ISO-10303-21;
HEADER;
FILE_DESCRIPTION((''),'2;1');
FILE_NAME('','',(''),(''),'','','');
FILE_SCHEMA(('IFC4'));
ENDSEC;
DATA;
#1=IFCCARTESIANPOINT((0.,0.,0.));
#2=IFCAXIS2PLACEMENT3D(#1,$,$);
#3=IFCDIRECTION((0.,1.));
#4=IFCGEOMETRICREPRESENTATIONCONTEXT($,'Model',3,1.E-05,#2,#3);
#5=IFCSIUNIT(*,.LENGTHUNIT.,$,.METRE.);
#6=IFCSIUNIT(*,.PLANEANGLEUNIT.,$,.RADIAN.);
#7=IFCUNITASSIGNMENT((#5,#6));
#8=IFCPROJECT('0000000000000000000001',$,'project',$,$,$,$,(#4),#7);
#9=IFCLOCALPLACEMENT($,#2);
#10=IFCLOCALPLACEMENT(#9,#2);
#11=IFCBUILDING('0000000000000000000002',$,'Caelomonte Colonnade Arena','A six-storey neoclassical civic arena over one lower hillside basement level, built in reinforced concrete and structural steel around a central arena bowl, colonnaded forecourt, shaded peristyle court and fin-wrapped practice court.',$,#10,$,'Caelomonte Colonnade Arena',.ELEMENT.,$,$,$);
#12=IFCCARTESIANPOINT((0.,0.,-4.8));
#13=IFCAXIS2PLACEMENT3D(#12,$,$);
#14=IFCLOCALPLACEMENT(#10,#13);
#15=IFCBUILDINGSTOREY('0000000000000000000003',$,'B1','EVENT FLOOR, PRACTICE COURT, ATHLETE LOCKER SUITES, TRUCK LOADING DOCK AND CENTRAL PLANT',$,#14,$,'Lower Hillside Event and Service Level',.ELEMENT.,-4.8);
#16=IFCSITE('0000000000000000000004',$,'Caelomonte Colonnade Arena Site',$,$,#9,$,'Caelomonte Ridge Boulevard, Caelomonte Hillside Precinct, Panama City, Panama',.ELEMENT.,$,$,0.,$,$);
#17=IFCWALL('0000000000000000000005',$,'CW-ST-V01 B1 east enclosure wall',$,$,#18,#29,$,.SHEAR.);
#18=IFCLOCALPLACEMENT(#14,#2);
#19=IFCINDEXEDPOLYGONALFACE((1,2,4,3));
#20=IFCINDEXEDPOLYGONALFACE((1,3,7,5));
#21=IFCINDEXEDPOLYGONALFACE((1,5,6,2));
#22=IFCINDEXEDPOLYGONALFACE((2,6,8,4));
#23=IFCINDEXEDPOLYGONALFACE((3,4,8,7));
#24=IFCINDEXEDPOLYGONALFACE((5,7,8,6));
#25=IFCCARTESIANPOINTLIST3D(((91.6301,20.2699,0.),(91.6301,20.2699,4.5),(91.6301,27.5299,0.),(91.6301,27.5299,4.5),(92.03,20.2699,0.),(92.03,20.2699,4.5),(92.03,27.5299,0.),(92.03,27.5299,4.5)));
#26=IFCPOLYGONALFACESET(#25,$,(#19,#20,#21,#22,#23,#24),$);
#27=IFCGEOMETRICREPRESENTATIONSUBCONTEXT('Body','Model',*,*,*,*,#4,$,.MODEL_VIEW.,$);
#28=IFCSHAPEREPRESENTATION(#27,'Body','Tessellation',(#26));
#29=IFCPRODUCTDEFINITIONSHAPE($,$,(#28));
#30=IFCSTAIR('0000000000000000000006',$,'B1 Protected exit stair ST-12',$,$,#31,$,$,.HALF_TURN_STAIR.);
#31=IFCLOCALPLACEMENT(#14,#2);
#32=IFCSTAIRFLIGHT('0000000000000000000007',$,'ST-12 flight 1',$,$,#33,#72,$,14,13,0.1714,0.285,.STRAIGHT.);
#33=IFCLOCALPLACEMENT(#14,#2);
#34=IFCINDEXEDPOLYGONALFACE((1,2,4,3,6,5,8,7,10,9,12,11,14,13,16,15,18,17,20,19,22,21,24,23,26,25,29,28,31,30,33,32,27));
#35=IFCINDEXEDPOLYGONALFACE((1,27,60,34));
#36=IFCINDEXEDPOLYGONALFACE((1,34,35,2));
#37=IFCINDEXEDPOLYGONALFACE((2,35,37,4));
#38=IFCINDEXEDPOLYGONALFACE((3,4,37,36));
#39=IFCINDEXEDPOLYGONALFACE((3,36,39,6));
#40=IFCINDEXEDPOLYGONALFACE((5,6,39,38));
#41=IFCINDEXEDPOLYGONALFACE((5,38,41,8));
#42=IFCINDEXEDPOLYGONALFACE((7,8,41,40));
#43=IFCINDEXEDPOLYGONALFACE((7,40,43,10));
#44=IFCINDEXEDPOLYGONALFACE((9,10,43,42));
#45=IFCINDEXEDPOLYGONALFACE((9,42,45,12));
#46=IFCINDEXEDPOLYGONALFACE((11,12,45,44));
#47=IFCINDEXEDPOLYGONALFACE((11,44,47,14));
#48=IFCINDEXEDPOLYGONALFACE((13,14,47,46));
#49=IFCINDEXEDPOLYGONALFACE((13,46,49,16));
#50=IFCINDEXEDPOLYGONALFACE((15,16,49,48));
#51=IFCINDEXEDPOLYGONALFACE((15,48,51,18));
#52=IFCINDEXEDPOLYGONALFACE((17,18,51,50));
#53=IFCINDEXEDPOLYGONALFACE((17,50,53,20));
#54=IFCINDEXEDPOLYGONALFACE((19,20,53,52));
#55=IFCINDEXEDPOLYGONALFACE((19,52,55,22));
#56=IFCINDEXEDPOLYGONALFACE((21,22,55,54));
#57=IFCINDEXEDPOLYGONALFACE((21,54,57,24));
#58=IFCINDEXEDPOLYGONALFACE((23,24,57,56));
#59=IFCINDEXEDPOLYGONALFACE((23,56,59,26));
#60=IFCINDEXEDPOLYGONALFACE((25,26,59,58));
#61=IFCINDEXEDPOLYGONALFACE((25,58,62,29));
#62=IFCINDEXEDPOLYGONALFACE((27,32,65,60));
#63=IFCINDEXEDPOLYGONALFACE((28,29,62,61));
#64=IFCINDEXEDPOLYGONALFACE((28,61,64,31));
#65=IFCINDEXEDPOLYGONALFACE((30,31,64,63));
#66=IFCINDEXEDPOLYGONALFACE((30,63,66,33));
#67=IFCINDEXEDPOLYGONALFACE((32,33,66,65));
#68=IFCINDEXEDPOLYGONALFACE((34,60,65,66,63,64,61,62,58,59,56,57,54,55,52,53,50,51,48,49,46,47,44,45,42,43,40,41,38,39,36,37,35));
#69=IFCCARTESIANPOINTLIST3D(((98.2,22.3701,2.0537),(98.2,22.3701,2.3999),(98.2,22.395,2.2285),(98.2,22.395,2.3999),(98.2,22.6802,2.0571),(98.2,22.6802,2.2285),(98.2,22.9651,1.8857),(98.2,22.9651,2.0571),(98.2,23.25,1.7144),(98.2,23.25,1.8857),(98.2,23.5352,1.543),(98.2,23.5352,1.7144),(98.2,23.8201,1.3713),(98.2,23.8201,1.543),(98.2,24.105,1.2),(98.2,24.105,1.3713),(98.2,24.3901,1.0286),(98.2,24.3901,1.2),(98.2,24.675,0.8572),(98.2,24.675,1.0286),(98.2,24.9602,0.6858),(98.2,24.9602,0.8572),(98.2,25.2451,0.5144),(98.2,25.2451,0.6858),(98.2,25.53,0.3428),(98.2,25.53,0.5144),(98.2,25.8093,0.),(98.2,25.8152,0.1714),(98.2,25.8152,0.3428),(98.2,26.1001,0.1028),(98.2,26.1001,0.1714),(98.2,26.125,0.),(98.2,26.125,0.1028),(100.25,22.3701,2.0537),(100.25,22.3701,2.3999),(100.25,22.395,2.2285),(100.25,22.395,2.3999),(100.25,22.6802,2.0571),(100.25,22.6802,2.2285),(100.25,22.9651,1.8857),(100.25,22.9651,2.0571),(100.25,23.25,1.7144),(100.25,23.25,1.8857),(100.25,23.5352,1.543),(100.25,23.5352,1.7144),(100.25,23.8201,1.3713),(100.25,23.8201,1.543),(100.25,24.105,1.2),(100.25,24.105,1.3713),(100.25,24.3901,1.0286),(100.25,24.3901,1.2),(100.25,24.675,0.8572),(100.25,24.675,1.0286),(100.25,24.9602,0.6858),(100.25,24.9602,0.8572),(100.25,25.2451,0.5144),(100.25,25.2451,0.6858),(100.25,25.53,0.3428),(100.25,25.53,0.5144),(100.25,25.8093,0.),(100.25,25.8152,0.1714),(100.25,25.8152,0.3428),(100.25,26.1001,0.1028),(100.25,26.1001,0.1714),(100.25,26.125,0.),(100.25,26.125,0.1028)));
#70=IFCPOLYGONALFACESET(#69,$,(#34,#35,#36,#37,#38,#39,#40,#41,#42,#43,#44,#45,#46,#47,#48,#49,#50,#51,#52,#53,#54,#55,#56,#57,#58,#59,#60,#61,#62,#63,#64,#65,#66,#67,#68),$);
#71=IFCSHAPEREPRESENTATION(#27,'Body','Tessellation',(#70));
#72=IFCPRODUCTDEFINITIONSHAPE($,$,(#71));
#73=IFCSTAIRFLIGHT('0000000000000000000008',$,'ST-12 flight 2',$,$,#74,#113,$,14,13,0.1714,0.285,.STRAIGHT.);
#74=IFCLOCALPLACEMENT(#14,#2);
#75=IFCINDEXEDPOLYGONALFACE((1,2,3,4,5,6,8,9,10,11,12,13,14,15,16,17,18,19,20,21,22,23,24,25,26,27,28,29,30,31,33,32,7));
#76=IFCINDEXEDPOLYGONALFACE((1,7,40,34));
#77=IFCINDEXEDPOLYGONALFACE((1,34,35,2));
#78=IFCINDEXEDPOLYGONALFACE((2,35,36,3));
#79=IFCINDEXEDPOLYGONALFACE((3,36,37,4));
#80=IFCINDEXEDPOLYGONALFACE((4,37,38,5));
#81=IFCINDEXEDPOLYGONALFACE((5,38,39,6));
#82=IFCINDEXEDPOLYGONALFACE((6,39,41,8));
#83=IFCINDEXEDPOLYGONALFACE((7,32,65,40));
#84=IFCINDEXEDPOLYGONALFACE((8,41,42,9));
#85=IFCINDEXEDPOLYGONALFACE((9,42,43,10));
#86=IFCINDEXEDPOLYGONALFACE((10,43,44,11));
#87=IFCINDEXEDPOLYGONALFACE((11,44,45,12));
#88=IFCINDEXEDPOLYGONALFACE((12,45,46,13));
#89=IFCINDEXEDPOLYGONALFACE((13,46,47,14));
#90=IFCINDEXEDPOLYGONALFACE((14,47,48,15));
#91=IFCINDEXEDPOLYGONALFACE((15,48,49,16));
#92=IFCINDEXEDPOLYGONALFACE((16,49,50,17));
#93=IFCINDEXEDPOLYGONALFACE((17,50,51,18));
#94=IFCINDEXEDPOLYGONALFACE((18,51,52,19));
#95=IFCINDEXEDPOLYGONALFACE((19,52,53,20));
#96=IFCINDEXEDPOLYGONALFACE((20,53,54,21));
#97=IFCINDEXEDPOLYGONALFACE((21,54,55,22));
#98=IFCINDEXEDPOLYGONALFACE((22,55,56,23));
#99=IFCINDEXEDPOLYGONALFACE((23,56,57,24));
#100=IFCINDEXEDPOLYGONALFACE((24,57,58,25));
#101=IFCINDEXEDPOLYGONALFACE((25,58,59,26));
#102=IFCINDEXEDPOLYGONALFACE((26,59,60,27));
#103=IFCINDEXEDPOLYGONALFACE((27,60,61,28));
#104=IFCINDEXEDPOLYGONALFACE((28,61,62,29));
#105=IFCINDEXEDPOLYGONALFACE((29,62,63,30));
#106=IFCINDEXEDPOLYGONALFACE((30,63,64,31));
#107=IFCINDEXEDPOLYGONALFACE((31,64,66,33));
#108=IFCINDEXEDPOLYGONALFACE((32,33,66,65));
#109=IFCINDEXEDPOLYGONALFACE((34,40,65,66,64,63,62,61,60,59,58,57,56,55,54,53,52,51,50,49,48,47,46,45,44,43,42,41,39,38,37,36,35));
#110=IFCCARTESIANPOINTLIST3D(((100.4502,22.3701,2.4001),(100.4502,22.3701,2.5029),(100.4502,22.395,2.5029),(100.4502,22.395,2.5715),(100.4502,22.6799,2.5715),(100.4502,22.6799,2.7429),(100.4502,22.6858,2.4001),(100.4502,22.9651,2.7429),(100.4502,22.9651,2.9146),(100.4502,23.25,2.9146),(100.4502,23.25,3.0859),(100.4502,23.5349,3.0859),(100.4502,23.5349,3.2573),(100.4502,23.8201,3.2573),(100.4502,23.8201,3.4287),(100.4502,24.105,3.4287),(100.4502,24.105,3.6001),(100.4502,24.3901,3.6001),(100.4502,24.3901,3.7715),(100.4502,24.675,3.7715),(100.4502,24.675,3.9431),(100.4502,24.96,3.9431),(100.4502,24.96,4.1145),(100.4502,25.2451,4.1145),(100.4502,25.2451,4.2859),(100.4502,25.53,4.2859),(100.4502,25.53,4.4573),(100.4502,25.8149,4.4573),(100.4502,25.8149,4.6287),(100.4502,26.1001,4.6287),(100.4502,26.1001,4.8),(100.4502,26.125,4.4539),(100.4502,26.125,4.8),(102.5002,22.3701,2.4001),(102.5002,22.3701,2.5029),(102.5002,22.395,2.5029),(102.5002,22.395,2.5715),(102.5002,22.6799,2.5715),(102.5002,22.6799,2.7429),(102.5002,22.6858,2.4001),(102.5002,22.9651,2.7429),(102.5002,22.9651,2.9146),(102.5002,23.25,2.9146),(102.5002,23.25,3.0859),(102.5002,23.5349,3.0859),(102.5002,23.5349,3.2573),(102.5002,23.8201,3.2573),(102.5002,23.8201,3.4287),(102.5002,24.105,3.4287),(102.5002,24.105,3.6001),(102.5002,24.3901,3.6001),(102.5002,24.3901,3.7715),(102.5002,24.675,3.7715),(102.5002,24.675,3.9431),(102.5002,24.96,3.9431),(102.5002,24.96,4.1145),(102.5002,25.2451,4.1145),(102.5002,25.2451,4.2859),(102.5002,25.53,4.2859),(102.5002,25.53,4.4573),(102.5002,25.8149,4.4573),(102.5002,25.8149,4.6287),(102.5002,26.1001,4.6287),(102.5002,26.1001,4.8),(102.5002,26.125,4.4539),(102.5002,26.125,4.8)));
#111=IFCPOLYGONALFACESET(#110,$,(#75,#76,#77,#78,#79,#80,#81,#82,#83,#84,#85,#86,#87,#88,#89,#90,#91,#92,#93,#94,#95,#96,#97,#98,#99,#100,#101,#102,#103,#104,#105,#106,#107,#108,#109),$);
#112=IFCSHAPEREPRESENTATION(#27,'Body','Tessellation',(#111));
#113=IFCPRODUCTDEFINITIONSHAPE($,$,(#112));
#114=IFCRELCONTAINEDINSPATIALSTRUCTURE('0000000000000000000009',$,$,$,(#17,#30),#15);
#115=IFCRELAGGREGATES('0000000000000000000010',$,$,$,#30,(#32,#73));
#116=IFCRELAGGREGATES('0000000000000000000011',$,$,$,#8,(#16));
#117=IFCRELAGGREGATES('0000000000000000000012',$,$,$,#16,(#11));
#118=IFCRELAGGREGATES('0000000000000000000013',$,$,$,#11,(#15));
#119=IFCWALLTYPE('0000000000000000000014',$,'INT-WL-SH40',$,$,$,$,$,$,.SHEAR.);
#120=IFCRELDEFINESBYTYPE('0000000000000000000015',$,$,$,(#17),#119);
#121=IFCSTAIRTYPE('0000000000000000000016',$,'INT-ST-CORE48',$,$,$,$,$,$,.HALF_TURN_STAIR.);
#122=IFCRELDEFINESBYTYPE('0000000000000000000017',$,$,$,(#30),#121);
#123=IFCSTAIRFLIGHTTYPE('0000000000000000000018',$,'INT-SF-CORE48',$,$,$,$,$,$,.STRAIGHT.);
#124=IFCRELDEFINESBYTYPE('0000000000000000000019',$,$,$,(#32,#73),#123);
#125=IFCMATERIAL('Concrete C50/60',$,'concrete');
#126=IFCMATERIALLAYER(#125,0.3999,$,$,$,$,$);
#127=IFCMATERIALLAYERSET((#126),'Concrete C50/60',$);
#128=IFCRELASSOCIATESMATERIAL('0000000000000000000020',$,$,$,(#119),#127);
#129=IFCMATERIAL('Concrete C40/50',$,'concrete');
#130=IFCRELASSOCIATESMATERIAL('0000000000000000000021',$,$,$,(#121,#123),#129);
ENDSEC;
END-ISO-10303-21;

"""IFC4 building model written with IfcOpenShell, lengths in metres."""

from ifc_helpers import new_model, si_unit, direction, frame, frame_2d, origin, place, context, subcontext, project, spatial, polyline, rectangle, outline, extrude, material, layer, layer_set, type_object, element, aggregate, save


model = new_model("IFC4")

# Units and contexts
model_context = context("Model", 3, precision=1e-05, world=origin(), true_north=direction((0.0, 1.0)))
body_context = subcontext(model_context, "Body", "Model", "MODEL_VIEW")
ifc_project = project(units=[si_unit("LENGTHUNIT", "METRE"), si_unit("PLANEANGLEUNIT", "RADIAN")], contexts=[model_context])

# Site, building, storey
site_placement = place(None, origin())
site = spatial("IfcSite", under=ifc_project, at=site_placement, Name="Caelomonte Colonnade Arena Site", LongName="Caelomonte Ridge Boulevard, Caelomonte Hillside Precinct, Panama City, Panama", CompositionType="ELEMENT", RefElevation=0.0)
building_placement = place(site_placement, origin())
building = spatial("IfcBuilding", under=site, at=building_placement, Name="Caelomonte Colonnade Arena", Description="A six-storey neoclassical civic arena over one lower hillside basement level, built in reinforced concrete and structural steel around a central arena bowl, colonnaded forecourt, shaded peristyle court and fin-wrapped practice court.", LongName="Caelomonte Colonnade Arena", CompositionType="ELEMENT")
storey_placement = place(building_placement, frame((0.0, 0.0, -4.8)))
storey = spatial("IfcBuildingStorey", under=building, at=storey_placement, Name="B1", Description="EVENT FLOOR, PRACTICE COURT, ATHLETE LOCKER SUITES, TRUCK LOADING DOCK AND CENTRAL PLANT", LongName="Lower Hillside Event and Service Level", CompositionType="ELEMENT", Elevation=-4.8)

# Shared definitions
ifc_material_1 = material(Name="Concrete C40/50", Category="concrete")

# Wall
ifc_material_2 = material(Name="Concrete C50/60", Category="concrete")
ifc_layer_1 = layer(ifc_material_2, 0.3999)
ifc_layer_set_1 = layer_set([ifc_layer_1], Name="Concrete C50/60")
wall_type_1 = type_object("IfcWallType", Name="INT-WL-SH40", PredefinedType="SHEAR", material=ifc_layer_set_1)
for number, where, z_axis, x_axis, name in (
    (1, (91.8301, 20.27, 0.0), (0.0, 0.0, 1.0), (0.0, 1.0, 0.0), "CW-ST-V01 B1 east enclosure wall"),
):
    element("IfcWall", number, at=place(storey_placement, frame(where, z_axis=z_axis, x_axis=x_axis)), inside=storey, type_object=wall_type_1, Name=name, PredefinedType="SHEAR", context=body_context, shape_type="SweptSolid", body=[
        extrude(rectangle(XDim=7.26, YDim=0.3999, at=frame_2d((3.6299, 0.0))), origin(), (0.0, 0.0, 1.0), 4.5),
    ])

# Stair, stair flights
stair_type = type_object("IfcStairType", Name="INT-ST-CORE48", PredefinedType="HALF_TURN_STAIR", material=ifc_material_1)
stair_placement = place(storey_placement, origin())
stair = element("IfcStair", 2, at=stair_placement, inside=storey, type_object=stair_type, Name="B1 Protected exit stair ST-12", PredefinedType="HALF_TURN_STAIR")
stair_flight_type = type_object("IfcStairFlightType", Name="INT-SF-CORE48", PredefinedType="STRAIGHT", material=ifc_material_1)
stair_flight_1_placement = place(storey_placement, frame((99.2251, 26.1001, 0.0), z_axis=(0.0, 0.0, 1.0), x_axis=(0.0, -1.0, 0.0)))
stair_flight_1 = element("IfcStairFlight", 3, at=stair_flight_1_placement, type_object=stair_flight_type, Name="ST-12 flight 1", NumberOfRisers=14, NumberOfTreads=13, PredefinedType="STRAIGHT", RiserHeight=0.1714, TreadLength=0.285, context=body_context, shape_type="SweptSolid", body=[
    extrude(outline(polyline([(-0.0249, 0.0), (-0.0249, 0.1028), (0.0, 0.1028), (0.0, 0.1714), (0.2849, 0.1714), (0.2849, 0.3428), (0.5701, 0.3428), (0.5701, 0.5144), (0.855, 0.5144), (0.855, 0.6858), (1.1399, 0.6858), (1.1399, 0.8572), (1.425, 0.8572), (1.425, 1.0286), (1.71, 1.0286), (1.71, 1.2), (1.9951, 1.2), (1.9951, 1.3713), (2.28, 1.3713), (2.28, 1.543), (2.5649, 1.543), (2.5649, 1.7144), (2.8501, 1.7144), (2.8501, 1.8857), (3.135, 1.8857), (3.135, 2.0571), (3.4199, 2.0571), (3.4199, 2.2285), (3.7051, 2.2285), (3.7051, 2.3999), (3.73, 2.3999), (3.73, 2.0537), (0.2908, 0.0), (-0.0249, 0.0)])), frame((0.0, 1.0249, 0.0), z_axis=(0.0, -1.0, 0.0), x_axis=(1.0, 0.0, 0.0)), (0.0, 0.0, 1.0), 2.05),
])
stair_flight_2_placement = place(storey_placement, frame((101.4751, 22.395, 2.4001), z_axis=(0.0, 0.0, 1.0), x_axis=(0.0, 1.0, 0.0)))
stair_flight_2 = element("IfcStairFlight", 4, at=stair_flight_2_placement, type_object=stair_flight_type, Name="ST-12 flight 2", NumberOfRisers=14, NumberOfTreads=13, PredefinedType="STRAIGHT", RiserHeight=0.1714, TreadLength=0.285, context=body_context, shape_type="SweptSolid", body=[
    extrude(outline(polyline([(-0.0249, 0.0), (-0.0249, 0.1028), (0.0, 0.1028), (0.0, 0.1714), (0.2849, 0.1714), (0.2849, 0.3428), (0.5701, 0.3428), (0.5701, 0.5144), (0.855, 0.5144), (0.855, 0.6858), (1.1399, 0.6858), (1.1399, 0.8572), (1.425, 0.8572), (1.425, 1.0286), (1.71, 1.0286), (1.71, 1.2), (1.9951, 1.2), (1.9951, 1.3713), (2.28, 1.3713), (2.28, 1.543), (2.5649, 1.543), (2.5649, 1.7144), (2.8501, 1.7144), (2.8501, 1.8857), (3.135, 1.8857), (3.135, 2.0571), (3.4199, 2.0571), (3.4199, 2.2285), (3.7051, 2.2285), (3.7051, 2.3999), (3.73, 2.3999), (3.73, 2.0537), (0.2908, 0.0), (-0.0249, 0.0)])), frame((0.0, 1.0249, 0.0), z_axis=(0.0, -1.0, 0.0), x_axis=(1.0, 0.0, 0.0)), (0.0, 0.0, 1.0), 2.05),
])
aggregate(stair, [stair_flight_1, stair_flight_2])

save(model, "model.ifc")
